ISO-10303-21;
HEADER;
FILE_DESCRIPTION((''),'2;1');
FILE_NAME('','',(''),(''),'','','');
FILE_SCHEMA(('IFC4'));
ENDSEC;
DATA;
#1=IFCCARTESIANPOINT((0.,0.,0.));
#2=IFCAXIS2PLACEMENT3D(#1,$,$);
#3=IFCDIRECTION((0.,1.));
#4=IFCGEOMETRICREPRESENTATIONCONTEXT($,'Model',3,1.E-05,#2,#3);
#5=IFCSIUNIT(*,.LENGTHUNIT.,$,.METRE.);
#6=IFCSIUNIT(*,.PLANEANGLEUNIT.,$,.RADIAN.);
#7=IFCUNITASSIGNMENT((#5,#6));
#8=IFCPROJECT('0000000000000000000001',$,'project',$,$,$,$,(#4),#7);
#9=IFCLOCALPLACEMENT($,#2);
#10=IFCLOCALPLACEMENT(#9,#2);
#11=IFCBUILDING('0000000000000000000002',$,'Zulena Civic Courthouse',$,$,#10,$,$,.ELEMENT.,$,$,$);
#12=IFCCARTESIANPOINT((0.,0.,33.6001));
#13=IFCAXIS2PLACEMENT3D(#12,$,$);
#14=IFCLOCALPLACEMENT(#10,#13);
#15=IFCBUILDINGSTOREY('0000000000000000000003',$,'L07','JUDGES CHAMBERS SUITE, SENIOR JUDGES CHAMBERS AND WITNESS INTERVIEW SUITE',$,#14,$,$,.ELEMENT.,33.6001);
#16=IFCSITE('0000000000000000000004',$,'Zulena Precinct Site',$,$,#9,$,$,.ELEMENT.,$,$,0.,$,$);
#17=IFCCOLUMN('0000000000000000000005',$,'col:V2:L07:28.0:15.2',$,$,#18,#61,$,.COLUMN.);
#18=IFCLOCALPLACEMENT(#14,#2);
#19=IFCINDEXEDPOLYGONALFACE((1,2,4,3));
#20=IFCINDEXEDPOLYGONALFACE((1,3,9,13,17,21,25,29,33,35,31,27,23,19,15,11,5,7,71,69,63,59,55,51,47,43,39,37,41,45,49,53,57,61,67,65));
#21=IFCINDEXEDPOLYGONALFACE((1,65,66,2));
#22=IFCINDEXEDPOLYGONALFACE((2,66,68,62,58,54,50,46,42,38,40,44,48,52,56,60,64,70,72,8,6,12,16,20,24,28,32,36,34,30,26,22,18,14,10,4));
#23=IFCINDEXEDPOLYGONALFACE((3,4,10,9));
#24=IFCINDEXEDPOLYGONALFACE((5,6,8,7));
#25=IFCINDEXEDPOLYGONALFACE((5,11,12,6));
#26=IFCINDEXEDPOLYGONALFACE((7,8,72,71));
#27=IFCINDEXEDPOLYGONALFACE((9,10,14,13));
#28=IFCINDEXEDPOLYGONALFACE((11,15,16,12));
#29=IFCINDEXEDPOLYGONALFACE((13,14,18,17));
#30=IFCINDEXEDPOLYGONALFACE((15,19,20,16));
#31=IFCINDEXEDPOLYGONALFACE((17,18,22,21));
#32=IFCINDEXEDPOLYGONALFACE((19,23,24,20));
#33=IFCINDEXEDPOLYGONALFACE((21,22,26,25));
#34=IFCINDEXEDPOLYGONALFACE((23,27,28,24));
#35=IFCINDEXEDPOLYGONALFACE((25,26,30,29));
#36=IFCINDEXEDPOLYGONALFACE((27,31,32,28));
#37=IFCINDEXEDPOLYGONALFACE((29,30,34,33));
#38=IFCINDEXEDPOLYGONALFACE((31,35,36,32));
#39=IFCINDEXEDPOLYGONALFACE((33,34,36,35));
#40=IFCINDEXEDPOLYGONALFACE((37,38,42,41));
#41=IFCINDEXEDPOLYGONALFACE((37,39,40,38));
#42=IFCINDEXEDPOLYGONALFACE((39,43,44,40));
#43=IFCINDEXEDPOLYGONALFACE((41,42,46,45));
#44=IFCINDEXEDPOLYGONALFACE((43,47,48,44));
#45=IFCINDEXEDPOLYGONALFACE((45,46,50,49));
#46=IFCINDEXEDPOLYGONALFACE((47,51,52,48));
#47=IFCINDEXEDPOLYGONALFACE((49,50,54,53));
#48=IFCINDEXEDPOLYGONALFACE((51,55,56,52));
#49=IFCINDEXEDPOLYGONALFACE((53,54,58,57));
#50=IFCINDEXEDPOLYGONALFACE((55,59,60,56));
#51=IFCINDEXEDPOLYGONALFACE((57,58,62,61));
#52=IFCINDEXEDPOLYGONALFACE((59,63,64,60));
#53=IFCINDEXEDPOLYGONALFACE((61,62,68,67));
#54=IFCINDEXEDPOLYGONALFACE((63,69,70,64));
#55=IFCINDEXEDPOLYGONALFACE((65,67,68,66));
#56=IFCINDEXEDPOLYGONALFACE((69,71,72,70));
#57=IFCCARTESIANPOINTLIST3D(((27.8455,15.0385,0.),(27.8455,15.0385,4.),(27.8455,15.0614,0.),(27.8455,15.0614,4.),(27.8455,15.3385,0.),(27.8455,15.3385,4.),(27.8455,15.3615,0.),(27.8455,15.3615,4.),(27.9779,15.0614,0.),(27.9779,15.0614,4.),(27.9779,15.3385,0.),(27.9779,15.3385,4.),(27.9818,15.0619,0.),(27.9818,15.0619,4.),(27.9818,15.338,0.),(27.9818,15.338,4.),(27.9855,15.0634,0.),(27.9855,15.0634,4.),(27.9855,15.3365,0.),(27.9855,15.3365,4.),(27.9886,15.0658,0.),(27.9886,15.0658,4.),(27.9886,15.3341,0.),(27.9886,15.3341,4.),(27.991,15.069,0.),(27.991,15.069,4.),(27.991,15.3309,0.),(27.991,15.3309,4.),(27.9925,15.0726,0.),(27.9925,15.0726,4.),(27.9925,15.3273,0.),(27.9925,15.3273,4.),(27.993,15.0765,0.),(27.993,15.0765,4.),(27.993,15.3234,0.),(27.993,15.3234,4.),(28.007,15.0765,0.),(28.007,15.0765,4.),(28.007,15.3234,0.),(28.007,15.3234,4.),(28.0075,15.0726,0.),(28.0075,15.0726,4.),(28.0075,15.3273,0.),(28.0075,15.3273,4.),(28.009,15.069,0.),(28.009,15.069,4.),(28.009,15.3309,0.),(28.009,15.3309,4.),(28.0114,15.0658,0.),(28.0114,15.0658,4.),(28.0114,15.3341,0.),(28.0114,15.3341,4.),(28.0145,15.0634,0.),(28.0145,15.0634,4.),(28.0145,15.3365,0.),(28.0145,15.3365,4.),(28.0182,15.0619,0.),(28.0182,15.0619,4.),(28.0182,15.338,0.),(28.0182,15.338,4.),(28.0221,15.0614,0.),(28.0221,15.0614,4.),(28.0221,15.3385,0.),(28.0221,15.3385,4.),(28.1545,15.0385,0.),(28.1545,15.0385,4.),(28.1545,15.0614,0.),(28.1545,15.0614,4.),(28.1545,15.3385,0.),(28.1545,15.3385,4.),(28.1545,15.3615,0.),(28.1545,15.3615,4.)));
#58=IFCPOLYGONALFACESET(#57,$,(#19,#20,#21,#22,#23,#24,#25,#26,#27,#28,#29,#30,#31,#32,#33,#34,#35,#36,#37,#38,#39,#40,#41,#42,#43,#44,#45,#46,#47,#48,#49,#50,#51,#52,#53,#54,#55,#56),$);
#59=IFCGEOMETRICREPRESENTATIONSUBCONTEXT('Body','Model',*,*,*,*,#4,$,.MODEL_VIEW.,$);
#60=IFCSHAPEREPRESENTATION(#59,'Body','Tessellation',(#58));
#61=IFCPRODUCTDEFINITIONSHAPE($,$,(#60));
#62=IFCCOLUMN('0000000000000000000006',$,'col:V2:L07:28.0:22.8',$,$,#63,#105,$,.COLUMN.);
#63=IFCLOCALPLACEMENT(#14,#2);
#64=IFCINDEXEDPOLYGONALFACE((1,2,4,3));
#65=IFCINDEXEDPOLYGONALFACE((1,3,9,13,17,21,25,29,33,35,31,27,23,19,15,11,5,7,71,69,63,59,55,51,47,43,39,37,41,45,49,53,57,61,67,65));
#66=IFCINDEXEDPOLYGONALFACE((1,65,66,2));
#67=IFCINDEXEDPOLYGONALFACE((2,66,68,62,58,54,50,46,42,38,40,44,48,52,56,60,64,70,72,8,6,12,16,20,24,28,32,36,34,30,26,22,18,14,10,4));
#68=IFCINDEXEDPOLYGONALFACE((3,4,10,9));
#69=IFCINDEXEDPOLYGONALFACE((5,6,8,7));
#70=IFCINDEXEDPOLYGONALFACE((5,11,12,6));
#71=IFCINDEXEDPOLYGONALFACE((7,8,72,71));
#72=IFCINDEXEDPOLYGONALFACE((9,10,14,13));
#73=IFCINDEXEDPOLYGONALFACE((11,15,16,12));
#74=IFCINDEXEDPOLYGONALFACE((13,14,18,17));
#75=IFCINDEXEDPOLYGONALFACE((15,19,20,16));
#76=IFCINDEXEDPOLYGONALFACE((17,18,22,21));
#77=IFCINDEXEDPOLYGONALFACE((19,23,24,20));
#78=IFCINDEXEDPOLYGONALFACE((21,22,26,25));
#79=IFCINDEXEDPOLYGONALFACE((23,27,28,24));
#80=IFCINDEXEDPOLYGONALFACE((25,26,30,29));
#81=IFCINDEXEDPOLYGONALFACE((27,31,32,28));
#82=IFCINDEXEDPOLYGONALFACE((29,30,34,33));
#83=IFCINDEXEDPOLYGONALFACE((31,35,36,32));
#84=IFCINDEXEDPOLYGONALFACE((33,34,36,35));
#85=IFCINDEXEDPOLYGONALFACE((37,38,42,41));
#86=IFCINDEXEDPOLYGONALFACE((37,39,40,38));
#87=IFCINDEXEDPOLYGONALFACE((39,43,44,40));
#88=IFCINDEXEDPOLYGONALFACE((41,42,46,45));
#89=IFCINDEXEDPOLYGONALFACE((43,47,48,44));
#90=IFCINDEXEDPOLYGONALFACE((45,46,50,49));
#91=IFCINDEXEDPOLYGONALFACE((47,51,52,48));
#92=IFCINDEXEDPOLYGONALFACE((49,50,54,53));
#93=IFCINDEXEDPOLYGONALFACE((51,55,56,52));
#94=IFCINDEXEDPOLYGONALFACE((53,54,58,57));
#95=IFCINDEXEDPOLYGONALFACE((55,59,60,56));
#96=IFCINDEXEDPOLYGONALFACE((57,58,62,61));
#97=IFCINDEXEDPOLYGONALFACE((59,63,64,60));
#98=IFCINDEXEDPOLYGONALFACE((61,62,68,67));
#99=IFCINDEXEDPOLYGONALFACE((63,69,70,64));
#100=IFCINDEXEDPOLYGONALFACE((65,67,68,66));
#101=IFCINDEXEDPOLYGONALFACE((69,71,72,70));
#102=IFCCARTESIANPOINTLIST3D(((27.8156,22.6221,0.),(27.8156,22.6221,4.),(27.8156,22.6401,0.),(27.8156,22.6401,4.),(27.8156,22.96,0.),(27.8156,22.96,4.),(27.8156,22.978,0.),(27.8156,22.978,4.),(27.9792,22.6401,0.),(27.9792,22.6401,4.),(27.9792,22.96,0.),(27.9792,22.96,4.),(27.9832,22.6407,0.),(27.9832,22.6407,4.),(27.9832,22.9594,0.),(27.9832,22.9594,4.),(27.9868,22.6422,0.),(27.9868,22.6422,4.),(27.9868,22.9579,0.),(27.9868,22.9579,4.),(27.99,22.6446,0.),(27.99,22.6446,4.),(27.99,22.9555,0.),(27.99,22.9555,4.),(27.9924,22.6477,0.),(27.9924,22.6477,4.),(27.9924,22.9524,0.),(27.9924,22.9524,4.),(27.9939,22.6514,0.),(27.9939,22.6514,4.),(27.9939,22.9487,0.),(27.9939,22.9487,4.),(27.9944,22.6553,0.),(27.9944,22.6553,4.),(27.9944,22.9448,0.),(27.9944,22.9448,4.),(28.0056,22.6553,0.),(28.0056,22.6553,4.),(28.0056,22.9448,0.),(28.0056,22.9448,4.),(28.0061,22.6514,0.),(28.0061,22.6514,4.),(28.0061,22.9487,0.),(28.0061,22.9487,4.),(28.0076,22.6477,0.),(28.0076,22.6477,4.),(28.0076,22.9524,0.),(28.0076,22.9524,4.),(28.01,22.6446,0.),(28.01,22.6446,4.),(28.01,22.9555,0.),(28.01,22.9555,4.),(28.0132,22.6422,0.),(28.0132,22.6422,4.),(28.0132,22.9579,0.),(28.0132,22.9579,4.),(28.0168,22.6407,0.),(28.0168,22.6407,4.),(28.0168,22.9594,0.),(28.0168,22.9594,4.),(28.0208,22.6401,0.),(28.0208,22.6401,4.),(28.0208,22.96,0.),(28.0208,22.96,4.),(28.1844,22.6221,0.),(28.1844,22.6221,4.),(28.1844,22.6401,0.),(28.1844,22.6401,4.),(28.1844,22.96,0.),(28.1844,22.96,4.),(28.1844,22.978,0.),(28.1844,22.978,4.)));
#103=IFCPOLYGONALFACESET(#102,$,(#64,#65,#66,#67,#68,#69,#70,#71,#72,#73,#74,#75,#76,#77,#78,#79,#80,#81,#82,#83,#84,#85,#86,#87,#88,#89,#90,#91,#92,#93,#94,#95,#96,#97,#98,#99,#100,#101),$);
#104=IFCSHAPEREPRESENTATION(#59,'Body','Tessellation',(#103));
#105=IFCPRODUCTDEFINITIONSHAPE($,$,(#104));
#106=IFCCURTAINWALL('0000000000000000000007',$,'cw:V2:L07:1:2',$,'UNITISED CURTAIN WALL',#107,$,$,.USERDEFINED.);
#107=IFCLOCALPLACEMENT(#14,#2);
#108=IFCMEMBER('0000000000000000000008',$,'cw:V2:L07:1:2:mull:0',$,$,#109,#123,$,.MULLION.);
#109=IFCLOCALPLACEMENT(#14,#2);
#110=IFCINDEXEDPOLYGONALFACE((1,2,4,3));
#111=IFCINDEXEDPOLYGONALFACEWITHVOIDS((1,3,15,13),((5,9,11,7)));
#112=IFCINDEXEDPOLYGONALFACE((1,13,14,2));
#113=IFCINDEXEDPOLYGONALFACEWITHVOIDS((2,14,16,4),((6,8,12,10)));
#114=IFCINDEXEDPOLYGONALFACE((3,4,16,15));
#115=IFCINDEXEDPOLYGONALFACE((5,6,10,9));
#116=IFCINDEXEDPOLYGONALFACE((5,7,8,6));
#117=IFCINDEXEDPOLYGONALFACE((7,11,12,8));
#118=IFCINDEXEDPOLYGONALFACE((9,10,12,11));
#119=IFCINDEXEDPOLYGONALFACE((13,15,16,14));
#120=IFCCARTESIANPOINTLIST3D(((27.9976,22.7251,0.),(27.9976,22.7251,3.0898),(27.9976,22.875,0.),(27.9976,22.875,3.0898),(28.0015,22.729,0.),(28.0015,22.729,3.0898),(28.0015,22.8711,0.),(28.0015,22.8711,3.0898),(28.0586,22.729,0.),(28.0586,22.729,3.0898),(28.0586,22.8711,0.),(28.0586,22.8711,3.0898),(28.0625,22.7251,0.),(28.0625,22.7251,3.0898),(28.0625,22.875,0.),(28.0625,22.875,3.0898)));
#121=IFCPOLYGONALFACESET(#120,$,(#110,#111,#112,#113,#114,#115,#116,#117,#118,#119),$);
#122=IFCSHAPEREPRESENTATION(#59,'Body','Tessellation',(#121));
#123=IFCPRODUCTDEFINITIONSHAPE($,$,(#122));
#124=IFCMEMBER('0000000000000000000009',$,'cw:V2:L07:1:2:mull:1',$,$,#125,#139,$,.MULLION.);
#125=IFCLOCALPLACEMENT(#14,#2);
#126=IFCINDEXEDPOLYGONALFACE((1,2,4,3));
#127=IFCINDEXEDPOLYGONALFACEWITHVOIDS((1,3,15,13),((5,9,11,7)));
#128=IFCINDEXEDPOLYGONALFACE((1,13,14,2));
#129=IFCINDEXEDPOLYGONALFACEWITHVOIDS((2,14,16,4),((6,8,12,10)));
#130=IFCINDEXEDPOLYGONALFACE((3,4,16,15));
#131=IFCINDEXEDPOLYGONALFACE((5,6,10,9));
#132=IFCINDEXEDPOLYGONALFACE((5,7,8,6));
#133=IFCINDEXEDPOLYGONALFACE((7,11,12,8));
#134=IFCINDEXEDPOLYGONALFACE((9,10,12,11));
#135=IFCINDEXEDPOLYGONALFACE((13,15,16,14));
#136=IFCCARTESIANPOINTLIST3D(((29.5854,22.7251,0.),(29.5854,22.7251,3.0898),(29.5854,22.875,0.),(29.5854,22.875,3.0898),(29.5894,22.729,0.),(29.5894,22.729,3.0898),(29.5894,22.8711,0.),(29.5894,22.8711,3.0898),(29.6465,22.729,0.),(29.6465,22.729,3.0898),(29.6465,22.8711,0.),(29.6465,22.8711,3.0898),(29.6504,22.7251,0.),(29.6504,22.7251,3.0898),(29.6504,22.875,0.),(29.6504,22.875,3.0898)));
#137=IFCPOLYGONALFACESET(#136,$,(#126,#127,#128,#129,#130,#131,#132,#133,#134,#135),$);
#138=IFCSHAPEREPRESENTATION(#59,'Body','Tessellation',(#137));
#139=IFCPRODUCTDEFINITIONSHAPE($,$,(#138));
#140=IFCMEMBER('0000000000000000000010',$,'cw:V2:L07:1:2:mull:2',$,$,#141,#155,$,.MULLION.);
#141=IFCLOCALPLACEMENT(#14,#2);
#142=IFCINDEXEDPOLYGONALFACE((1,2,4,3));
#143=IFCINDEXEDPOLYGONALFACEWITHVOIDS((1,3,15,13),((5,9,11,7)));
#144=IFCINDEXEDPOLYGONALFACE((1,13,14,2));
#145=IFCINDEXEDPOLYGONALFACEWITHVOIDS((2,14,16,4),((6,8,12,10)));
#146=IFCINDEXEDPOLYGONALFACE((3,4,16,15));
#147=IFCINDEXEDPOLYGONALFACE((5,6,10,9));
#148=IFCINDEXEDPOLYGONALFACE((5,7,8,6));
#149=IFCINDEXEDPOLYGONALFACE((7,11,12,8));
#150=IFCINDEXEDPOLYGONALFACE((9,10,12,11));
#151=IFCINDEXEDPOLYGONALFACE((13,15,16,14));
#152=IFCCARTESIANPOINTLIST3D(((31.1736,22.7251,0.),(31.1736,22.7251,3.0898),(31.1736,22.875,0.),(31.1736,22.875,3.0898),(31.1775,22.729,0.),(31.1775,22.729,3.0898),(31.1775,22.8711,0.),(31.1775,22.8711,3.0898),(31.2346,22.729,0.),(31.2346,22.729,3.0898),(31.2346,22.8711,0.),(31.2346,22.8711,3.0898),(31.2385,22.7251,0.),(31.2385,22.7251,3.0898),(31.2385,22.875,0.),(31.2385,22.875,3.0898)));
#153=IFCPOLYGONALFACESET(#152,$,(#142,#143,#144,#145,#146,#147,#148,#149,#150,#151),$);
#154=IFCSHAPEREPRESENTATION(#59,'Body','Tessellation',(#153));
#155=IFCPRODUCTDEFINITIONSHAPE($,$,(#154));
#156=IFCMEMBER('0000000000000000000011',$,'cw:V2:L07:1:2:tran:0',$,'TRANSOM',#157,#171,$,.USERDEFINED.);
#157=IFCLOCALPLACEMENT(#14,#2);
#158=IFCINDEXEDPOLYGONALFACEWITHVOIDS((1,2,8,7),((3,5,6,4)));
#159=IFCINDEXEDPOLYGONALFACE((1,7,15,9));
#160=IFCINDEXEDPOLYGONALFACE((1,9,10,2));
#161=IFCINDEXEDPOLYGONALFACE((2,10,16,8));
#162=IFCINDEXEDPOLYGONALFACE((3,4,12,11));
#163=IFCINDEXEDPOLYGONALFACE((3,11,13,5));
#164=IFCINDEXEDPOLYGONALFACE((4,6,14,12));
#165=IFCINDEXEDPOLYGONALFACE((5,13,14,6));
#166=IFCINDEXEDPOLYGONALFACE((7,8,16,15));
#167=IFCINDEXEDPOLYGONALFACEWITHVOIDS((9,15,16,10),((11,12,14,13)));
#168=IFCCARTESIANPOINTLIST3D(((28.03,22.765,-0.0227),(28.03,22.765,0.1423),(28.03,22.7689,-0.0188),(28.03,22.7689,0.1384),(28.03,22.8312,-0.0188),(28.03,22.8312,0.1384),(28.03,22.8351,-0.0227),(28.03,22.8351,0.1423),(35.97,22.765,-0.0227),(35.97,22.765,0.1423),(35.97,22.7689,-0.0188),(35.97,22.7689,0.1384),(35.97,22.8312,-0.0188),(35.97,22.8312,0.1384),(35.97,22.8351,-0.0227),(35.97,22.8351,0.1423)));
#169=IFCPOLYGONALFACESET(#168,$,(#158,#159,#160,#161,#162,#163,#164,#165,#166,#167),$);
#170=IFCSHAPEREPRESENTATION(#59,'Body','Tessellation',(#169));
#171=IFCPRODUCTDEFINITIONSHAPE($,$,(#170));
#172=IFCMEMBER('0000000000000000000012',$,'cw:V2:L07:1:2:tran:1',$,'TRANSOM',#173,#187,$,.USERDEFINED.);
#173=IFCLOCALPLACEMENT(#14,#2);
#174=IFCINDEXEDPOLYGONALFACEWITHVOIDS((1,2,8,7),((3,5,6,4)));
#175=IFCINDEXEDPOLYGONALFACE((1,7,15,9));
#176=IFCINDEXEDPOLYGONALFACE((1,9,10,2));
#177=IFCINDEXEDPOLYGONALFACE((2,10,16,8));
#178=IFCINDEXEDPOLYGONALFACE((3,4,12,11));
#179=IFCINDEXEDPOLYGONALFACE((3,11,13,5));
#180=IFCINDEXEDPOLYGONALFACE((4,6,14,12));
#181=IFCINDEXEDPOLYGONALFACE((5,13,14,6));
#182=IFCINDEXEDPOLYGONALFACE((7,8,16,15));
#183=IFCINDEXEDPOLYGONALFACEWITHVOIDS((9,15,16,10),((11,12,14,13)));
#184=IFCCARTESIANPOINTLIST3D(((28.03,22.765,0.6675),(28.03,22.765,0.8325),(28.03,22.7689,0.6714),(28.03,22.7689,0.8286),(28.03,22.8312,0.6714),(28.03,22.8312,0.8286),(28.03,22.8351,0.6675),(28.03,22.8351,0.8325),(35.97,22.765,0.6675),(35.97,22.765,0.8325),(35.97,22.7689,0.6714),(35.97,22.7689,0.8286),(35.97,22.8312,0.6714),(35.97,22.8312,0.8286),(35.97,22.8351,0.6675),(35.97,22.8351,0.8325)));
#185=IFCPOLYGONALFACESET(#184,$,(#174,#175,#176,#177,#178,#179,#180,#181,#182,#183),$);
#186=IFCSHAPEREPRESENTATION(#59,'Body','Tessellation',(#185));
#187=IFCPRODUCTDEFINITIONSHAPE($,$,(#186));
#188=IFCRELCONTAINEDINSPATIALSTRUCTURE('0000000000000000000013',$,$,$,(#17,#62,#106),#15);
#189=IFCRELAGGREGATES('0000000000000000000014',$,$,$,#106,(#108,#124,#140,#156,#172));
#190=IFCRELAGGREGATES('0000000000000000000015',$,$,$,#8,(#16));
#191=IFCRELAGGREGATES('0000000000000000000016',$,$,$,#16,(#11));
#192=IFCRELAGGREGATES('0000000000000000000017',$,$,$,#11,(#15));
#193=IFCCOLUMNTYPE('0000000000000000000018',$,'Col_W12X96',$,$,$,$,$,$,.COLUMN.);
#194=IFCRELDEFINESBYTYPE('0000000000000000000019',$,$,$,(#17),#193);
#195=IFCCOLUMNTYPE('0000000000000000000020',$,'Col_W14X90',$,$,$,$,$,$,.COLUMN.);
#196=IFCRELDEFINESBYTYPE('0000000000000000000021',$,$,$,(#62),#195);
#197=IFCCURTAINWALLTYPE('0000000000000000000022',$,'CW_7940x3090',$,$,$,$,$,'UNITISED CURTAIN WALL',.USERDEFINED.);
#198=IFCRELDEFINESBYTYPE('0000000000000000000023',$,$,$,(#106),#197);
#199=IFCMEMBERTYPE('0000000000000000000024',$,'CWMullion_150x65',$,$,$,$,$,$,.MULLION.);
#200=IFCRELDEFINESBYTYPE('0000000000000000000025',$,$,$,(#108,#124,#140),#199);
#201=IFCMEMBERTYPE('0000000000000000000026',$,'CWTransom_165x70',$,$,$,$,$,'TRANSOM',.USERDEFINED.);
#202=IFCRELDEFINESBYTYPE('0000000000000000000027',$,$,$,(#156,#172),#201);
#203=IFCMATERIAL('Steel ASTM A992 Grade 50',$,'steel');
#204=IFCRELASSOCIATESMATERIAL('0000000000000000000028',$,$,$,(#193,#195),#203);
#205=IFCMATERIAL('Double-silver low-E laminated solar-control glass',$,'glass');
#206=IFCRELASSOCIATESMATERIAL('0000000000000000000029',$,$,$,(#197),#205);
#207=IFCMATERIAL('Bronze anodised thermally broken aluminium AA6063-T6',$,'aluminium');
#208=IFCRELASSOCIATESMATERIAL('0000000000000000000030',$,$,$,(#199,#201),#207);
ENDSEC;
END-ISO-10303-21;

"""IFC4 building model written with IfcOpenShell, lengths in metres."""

from ifc_helpers import new_model, si_unit, direction, frame, origin, origin_2d, place, context, subcontext, project, spatial, hollow_rectangle, i_section, extrude, material, material_profile, profile_set, type_object, element, aggregate, save


model = new_model("IFC4")

# Units and contexts
model_context = context("Model", 3, precision=1e-05, world=origin(), true_north=direction((0.0, 1.0)))
body_context = subcontext(model_context, "Body", "Model", "MODEL_VIEW")
ifc_project = project(units=[si_unit("LENGTHUNIT", "METRE"), si_unit("PLANEANGLEUNIT", "RADIAN")], contexts=[model_context])

# Site, building, storey
site_placement = place(None, origin())
site = spatial("IfcSite", under=ifc_project, at=site_placement, Name="Zulena Precinct Site", CompositionType="ELEMENT", RefElevation=0.0)
building_placement = place(site_placement, origin())
building = spatial("IfcBuilding", under=site, at=building_placement, Name="Zulena Civic Courthouse", CompositionType="ELEMENT")
storey_placement = place(building_placement, frame((0.0, 0.0, 33.6001)))
storey = spatial("IfcBuildingStorey", under=building, at=storey_placement, Name="L07", Description="JUDGES CHAMBERS SUITE, SENIOR JUDGES CHAMBERS AND WITNESS INTERVIEW SUITE", CompositionType="ELEMENT", Elevation=33.6001)

# Columns
ifc_material_1 = material(Name="Steel ASTM A992 Grade 50", Category="steel")
ifc_material_profile_1 = material_profile(ifc_material_1, i_section(OverallWidth=0.3091, OverallDepth=0.323, WebThickness=0.0139, FlangeThickness=0.0229, FilletRadius=0.0151, at=origin_2d()), Name="W12X96")
ifc_profile_set_1 = profile_set([ifc_material_profile_1], Name="Steel ASTM A992 Grade 50")
column_type_1 = type_object("IfcColumnType", Name="Col_W12X96", PredefinedType="COLUMN", material=ifc_profile_set_1)
column_1_placement = place(storey_placement, frame((28.0, 15.2, 0.0), z_axis=(0.0, 0.0, 1.0), x_axis=(1.0, 0.0, 0.0)))
element("IfcColumn", 1, at=column_1_placement, inside=storey, type_object=column_type_1, Name="col:V2:L07:28.0:15.2", PredefinedType="COLUMN", context=body_context, shape_type="SweptSolid", body=[
    extrude(i_section(OverallWidth=0.3091, OverallDepth=0.323, WebThickness=0.0139, FlangeThickness=0.0229, FilletRadius=0.0151, at=origin_2d()), origin(), (0.0, 0.0, 1.0), 4.0),
])
ifc_material_profile_2 = material_profile(ifc_material_1, i_section(OverallWidth=0.3689, OverallDepth=0.356, WebThickness=0.0112, FlangeThickness=0.0181, FilletRadius=0.0151, at=origin_2d()), Name="W14X90")
ifc_profile_set_2 = profile_set([ifc_material_profile_2], Name="Steel ASTM A992 Grade 50")
column_type_2 = type_object("IfcColumnType", Name="Col_W14X90", PredefinedType="COLUMN", material=ifc_profile_set_2)
column_2_placement = place(storey_placement, frame((28.0, 22.8, 0.0), z_axis=(0.0, 0.0, 1.0), x_axis=(1.0, 0.0, 0.0)))
element("IfcColumn", 2, at=column_2_placement, inside=storey, type_object=column_type_2, Name="col:V2:L07:28.0:22.8", PredefinedType="COLUMN", context=body_context, shape_type="SweptSolid", body=[
    extrude(i_section(OverallWidth=0.3689, OverallDepth=0.356, WebThickness=0.0112, FlangeThickness=0.0181, FilletRadius=0.0151, at=origin_2d()), origin(), (0.0, 0.0, 1.0), 4.0),
])

# Curtain wall, members
ifc_material_2 = material(Name="Double-silver low-E laminated solar-control glass", Category="glass")
curtain_wall_type = type_object("IfcCurtainWallType", Name="CW_7940x3090", ElementType="UNITISED CURTAIN WALL", PredefinedType="USERDEFINED", material=ifc_material_2)
curtain_wall_placement = place(storey_placement, origin())
curtain_wall = element("IfcCurtainWall", 3, at=curtain_wall_placement, inside=storey, type_object=curtain_wall_type, Name="cw:V2:L07:1:2", ObjectType="UNITISED CURTAIN WALL", PredefinedType="USERDEFINED")
ifc_material_3 = material(Name="Bronze anodised thermally broken aluminium AA6063-T6", Category="aluminium")
ifc_material_profile_3 = material_profile(ifc_material_3, hollow_rectangle(XDim=0.0649, YDim=0.1499, WallThickness=0.0039, at=origin_2d()), Name="CWM150X65X4")
ifc_profile_set_3 = profile_set([ifc_material_profile_3], Name="Bronze anodised thermally broken aluminium AA6063-T6")
member_type_1 = type_object("IfcMemberType", Name="CWMullion_150x65", PredefinedType="MULLION", material=ifc_profile_set_3)
member_1_placement = place(storey_placement, frame((28.03, 22.8, 0.0), z_axis=(0.0, 0.0, 1.0), x_axis=(1.0, 0.0, 0.0)))
member_1 = element("IfcMember", 4, at=member_1_placement, type_object=member_type_1, Name="cw:V2:L07:1:2:mull:0", PredefinedType="MULLION", context=body_context, shape_type="SweptSolid", body=[
    extrude(hollow_rectangle(XDim=0.0649, YDim=0.1499, WallThickness=0.0039, at=origin_2d()), origin(), (0.0, 0.0, 1.0), 3.0898),
])
member_2_placement = place(storey_placement, frame((29.6179, 22.8, 0.0), z_axis=(0.0, 0.0, 1.0), x_axis=(1.0, 0.0, 0.0)))
member_2 = element("IfcMember", 5, at=member_2_placement, type_object=member_type_1, Name="cw:V2:L07:1:2:mull:1", PredefinedType="MULLION", context=body_context, shape_type="SweptSolid", body=[
    extrude(hollow_rectangle(XDim=0.0649, YDim=0.1499, WallThickness=0.0039, at=origin_2d()), origin(), (0.0, 0.0, 1.0), 3.0898),
])
member_3_placement = place(storey_placement, frame((31.2061, 22.8, 0.0), z_axis=(0.0, 0.0, 1.0), x_axis=(1.0, 0.0, 0.0)))
member_3 = element("IfcMember", 6, at=member_3_placement, type_object=member_type_1, Name="cw:V2:L07:1:2:mull:2", PredefinedType="MULLION", context=body_context, shape_type="SweptSolid", body=[
    extrude(hollow_rectangle(XDim=0.0649, YDim=0.1499, WallThickness=0.0039, at=origin_2d()), origin(), (0.0, 0.0, 1.0), 3.0898),
])
ifc_material_profile_4 = material_profile(ifc_material_3, hollow_rectangle(XDim=0.0701, YDim=0.165, WallThickness=0.0039, at=origin_2d()), Name="CWT165X70X4")
ifc_profile_set_4 = profile_set([ifc_material_profile_4], Name="Bronze anodised thermally broken aluminium AA6063-T6")
member_type_2 = type_object("IfcMemberType", Name="CWTransom_165x70", ElementType="TRANSOM", PredefinedType="USERDEFINED", material=ifc_profile_set_4)
member_4_placement = place(storey_placement, frame((28.03, 22.8, 0.0598), z_axis=(1.0, 0.0, 0.0), x_axis=(0.0, 1.0, 0.0)))
member_4 = element("IfcMember", 7, at=member_4_placement, type_object=member_type_2, Name="cw:V2:L07:1:2:tran:0", ObjectType="TRANSOM", PredefinedType="USERDEFINED", context=body_context, shape_type="SweptSolid", body=[
    extrude(hollow_rectangle(XDim=0.0701, YDim=0.165, WallThickness=0.0039, at=origin_2d()), origin(), (0.0, 0.0, 1.0), 7.9399),
])
member_5_placement = place(storey_placement, frame((28.03, 22.8, 0.75), z_axis=(1.0, 0.0, 0.0), x_axis=(0.0, 1.0, 0.0)))
member_5 = element("IfcMember", 8, at=member_5_placement, type_object=member_type_2, Name="cw:V2:L07:1:2:tran:1", ObjectType="TRANSOM", PredefinedType="USERDEFINED", context=body_context, shape_type="SweptSolid", body=[
    extrude(hollow_rectangle(XDim=0.0701, YDim=0.165, WallThickness=0.0039, at=origin_2d()), origin(), (0.0, 0.0, 1.0), 7.9399),
])

aggregate(curtain_wall, [member_1, member_2, member_3, member_4, member_5])

save(model, "model.ifc")
